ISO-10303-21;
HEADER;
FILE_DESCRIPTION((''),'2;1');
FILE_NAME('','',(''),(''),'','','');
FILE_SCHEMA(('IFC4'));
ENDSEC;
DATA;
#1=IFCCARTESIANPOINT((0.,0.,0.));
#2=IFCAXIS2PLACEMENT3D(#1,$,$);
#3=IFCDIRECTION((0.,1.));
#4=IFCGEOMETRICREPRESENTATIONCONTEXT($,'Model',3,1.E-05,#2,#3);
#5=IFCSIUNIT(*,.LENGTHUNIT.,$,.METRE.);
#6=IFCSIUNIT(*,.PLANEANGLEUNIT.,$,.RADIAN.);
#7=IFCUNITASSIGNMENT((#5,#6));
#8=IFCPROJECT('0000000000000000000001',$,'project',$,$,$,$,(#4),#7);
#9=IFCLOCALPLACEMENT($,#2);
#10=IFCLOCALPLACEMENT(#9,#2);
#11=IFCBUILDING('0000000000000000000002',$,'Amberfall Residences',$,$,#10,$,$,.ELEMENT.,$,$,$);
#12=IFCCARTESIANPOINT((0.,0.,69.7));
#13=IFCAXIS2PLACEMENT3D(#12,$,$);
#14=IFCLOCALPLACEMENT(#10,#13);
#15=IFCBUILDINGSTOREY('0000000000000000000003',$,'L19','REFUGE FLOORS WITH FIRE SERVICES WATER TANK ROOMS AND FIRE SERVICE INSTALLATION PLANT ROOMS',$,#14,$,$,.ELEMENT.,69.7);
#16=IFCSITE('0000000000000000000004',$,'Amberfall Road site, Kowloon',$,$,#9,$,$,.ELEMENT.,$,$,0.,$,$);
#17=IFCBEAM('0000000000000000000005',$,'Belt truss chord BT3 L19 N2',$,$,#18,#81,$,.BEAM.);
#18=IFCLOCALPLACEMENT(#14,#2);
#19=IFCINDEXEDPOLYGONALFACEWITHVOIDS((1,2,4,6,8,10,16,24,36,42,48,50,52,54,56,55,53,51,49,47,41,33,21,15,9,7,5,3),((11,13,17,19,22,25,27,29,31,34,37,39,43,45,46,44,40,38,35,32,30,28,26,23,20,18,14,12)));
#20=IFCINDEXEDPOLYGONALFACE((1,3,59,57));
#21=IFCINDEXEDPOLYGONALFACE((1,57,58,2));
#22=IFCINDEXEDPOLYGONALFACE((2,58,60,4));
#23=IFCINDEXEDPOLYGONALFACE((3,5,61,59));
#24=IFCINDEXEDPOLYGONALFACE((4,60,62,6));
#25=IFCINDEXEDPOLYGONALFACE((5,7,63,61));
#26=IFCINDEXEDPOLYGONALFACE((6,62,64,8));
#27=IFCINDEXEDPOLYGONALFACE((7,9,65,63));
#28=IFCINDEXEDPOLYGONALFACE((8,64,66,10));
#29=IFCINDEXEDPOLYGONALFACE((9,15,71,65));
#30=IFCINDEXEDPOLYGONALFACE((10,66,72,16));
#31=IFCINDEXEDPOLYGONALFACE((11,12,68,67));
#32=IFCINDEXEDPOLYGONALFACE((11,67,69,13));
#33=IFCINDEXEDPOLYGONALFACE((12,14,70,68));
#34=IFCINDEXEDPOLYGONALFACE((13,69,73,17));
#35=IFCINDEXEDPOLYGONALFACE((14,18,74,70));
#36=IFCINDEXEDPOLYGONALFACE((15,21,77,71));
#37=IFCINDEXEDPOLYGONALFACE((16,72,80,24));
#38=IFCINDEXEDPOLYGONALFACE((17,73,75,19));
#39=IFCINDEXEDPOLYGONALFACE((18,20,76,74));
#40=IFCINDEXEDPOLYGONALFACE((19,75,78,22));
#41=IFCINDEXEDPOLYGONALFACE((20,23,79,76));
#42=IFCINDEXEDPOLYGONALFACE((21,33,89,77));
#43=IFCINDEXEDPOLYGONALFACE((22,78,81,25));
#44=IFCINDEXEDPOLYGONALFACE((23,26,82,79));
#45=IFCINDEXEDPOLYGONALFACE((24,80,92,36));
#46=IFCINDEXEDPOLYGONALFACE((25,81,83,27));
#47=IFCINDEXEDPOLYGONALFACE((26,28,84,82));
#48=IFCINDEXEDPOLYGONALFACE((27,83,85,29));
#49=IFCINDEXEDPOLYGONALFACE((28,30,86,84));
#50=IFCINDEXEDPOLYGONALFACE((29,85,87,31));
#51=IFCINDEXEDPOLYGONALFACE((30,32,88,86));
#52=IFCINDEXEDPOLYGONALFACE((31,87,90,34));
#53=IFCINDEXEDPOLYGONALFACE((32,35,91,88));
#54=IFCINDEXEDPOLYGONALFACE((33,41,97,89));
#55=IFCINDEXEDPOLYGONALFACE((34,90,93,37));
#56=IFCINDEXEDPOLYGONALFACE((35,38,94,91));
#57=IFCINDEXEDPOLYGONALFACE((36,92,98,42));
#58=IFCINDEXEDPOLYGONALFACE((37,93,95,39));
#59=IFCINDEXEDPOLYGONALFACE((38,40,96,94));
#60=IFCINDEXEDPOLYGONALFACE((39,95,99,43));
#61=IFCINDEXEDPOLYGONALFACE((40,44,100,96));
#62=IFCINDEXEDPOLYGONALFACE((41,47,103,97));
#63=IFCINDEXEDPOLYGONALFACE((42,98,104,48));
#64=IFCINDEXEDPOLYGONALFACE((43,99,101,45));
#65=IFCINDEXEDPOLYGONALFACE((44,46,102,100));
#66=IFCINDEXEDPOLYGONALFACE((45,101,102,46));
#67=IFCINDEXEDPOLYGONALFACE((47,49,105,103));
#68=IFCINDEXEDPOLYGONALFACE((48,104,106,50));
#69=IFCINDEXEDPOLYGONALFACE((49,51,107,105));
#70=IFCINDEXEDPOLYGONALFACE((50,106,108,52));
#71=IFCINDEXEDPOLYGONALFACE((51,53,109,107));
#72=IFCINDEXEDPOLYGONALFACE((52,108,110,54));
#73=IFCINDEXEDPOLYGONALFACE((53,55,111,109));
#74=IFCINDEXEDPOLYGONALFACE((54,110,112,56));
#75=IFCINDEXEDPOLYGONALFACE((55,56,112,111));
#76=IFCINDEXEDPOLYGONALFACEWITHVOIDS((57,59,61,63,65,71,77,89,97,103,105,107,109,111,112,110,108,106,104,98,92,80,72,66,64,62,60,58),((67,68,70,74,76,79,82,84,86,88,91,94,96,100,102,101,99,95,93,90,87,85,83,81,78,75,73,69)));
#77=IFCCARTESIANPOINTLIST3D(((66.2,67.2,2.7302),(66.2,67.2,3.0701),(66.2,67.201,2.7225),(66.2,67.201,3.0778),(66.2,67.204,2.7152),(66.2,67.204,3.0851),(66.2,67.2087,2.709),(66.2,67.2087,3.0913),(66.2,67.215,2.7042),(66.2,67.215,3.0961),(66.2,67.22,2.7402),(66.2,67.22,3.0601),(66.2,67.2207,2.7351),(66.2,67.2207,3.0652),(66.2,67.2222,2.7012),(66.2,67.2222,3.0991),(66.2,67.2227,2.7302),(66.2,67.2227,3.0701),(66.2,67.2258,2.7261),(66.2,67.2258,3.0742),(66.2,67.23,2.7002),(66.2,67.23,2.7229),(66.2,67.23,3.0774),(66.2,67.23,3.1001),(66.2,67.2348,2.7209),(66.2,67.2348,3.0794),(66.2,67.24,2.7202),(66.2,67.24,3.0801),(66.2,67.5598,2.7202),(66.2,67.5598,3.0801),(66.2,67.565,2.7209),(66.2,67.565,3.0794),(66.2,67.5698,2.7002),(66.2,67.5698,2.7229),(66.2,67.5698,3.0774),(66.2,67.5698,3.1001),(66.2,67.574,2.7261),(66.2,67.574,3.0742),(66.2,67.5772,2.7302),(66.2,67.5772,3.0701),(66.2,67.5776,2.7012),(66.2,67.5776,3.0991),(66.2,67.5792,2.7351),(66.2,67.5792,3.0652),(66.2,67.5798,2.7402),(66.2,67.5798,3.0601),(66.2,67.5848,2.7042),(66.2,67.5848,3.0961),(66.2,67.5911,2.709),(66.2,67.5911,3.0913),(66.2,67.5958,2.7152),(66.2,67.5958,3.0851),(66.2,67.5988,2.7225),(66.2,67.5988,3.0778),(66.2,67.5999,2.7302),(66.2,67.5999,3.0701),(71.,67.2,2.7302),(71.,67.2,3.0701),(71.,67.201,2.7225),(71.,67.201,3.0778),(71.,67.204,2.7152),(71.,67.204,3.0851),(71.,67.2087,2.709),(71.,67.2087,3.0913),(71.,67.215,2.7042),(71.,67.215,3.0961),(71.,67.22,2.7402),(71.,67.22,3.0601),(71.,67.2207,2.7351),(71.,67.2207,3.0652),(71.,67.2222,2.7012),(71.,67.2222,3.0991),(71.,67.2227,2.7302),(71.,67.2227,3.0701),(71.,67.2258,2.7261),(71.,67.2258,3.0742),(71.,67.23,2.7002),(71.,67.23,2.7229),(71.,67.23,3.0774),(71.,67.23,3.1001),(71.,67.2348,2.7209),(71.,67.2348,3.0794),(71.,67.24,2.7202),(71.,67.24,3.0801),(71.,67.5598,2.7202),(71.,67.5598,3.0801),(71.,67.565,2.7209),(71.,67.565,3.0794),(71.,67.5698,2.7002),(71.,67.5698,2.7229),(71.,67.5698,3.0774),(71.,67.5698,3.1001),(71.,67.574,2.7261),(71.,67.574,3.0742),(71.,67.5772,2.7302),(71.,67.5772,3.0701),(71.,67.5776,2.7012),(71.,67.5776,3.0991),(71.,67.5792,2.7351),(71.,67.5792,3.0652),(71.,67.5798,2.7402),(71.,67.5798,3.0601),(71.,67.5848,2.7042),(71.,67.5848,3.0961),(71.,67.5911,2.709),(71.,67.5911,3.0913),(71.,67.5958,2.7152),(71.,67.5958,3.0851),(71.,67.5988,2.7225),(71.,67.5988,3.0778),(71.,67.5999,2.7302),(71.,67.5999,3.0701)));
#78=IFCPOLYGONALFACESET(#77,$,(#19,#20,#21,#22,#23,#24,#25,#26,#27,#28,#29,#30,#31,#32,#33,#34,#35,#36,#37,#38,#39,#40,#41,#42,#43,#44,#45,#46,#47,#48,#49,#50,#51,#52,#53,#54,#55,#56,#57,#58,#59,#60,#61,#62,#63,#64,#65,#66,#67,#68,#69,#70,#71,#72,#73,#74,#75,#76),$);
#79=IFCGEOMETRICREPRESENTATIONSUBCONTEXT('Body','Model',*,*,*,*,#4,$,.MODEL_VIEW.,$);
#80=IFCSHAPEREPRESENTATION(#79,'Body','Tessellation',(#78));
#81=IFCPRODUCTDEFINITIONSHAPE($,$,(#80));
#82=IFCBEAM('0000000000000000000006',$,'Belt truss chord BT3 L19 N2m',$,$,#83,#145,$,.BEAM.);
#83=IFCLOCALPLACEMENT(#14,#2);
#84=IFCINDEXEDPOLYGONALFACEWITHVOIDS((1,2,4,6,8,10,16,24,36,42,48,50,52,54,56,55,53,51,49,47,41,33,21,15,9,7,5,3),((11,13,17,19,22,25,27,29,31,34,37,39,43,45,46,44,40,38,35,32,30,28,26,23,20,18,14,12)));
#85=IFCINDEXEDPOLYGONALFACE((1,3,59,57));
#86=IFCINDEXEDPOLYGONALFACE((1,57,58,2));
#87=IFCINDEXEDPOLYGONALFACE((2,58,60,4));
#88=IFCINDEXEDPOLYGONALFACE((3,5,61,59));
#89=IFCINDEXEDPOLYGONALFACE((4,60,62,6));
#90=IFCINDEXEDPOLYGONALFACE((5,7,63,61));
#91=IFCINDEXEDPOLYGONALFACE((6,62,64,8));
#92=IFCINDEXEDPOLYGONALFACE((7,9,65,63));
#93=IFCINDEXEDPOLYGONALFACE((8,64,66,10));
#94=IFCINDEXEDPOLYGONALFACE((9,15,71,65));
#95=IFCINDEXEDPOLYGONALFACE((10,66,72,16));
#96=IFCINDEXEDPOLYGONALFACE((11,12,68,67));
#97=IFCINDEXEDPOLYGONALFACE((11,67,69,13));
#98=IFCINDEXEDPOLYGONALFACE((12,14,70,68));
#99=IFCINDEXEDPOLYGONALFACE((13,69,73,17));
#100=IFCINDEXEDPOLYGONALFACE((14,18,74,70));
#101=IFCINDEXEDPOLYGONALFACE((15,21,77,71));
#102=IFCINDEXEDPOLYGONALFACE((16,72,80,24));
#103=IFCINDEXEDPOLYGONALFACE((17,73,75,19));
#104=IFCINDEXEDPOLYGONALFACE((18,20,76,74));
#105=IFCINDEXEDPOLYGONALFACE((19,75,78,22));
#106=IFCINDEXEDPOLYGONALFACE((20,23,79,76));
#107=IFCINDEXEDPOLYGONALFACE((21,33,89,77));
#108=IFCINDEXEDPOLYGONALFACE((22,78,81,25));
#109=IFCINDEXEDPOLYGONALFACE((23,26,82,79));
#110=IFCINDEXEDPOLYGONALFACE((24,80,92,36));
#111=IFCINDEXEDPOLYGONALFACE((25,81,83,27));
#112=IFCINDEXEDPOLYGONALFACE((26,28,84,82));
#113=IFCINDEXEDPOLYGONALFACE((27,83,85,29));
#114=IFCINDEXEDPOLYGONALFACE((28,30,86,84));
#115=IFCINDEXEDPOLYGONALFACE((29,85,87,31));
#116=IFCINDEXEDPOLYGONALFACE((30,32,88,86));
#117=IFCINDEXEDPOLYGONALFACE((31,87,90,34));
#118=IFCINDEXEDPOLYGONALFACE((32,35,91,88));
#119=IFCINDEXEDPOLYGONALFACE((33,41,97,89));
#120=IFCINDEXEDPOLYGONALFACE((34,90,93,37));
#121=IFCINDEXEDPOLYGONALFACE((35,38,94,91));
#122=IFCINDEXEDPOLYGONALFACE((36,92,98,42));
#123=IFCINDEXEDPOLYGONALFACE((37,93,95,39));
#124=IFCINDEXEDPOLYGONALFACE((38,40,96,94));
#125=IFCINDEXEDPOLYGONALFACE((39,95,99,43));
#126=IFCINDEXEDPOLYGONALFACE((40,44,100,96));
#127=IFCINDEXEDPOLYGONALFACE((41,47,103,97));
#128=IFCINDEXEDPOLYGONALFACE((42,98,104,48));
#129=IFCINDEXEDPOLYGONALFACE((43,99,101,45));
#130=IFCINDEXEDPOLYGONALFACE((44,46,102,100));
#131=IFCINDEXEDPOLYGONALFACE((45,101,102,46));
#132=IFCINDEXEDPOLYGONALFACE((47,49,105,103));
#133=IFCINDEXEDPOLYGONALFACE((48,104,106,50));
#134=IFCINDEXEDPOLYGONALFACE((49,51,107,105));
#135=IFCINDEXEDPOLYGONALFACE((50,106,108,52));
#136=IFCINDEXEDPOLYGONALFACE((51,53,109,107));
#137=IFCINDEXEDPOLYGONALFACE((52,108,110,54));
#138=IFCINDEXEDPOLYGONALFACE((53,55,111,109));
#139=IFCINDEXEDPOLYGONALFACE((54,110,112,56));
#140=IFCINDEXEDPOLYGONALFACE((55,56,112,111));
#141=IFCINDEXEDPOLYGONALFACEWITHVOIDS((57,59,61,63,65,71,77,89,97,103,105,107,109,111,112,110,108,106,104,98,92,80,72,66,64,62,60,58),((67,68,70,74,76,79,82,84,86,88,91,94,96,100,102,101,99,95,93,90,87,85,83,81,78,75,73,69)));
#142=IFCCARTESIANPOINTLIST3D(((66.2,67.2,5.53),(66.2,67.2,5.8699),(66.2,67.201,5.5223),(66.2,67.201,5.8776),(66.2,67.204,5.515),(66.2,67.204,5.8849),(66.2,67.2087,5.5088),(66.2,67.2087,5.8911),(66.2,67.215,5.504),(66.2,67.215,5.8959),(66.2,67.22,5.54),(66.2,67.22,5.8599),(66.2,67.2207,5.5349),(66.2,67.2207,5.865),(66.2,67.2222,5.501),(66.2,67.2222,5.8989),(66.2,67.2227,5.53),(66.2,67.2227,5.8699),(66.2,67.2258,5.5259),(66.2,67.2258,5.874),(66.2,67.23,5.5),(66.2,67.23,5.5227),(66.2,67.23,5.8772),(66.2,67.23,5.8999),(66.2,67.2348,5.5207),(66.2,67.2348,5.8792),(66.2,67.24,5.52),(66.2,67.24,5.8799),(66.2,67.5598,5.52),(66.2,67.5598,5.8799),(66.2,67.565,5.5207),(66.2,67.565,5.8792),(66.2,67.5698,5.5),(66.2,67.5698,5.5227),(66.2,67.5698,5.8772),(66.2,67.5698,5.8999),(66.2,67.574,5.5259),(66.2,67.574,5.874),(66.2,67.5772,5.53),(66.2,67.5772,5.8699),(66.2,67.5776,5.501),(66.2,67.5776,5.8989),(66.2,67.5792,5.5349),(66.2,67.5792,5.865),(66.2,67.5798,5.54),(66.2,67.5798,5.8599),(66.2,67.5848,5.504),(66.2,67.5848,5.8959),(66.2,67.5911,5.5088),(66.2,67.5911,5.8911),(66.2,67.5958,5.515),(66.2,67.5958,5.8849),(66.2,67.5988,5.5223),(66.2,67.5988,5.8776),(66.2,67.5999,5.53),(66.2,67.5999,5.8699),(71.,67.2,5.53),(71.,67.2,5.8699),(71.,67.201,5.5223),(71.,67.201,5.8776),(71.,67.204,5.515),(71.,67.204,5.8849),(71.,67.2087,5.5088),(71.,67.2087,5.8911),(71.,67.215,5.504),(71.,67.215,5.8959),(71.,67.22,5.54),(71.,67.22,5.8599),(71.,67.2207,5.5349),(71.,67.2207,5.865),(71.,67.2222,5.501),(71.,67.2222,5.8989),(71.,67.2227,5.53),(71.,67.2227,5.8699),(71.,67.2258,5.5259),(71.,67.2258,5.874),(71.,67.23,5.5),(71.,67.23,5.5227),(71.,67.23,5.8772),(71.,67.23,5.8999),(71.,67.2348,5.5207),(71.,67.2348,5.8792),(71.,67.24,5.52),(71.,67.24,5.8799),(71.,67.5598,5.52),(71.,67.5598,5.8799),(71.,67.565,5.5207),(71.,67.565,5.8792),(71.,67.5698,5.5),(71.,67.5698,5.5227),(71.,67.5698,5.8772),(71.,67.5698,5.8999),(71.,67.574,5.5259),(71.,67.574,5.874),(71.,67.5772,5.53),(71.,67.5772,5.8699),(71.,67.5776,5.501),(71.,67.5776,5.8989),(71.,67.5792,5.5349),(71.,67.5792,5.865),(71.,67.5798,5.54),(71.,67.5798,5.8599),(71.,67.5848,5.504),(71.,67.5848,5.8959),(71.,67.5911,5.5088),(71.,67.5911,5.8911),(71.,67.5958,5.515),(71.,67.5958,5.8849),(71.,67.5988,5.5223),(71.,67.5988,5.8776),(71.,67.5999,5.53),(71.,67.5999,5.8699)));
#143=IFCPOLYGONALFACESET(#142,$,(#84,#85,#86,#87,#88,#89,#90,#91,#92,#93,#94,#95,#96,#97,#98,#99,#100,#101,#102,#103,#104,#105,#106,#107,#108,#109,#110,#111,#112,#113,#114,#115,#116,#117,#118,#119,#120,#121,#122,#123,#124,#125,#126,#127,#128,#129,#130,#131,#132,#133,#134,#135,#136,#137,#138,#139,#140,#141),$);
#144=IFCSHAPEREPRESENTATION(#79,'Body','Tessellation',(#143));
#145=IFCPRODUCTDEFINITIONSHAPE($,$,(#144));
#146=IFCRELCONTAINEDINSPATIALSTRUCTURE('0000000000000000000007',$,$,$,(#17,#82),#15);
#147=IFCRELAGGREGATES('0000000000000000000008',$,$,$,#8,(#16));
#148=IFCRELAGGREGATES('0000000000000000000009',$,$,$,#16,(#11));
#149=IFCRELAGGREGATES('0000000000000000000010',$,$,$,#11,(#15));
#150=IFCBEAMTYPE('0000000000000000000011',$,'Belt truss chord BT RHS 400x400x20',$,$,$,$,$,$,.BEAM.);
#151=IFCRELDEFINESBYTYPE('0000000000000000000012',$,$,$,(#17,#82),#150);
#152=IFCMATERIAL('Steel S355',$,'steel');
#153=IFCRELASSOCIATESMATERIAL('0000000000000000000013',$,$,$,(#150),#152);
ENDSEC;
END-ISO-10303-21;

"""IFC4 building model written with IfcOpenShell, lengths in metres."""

from ifc_helpers import new_model, si_unit, direction, frame, origin, origin_2d, place, context, subcontext, project, spatial, hollow_rectangle, extrude, material, material_profile, profile_set, type_object, element, save


model = new_model("IFC4")

# Units and contexts
model_context = context("Model", 3, precision=1e-05, world=origin(), true_north=direction((0.0, 1.0)))
body_context = subcontext(model_context, "Body", "Model", "MODEL_VIEW")
ifc_project = project(units=[si_unit("LENGTHUNIT", "METRE"), si_unit("PLANEANGLEUNIT", "RADIAN")], contexts=[model_context])

# Site, building, storey
site_placement = place(None, origin())
site = spatial("IfcSite", under=ifc_project, at=site_placement, Name="Amberfall Road site, Kowloon", CompositionType="ELEMENT", RefElevation=0.0)
building_placement = place(site_placement, origin())
building = spatial("IfcBuilding", under=site, at=building_placement, Name="Amberfall Residences", CompositionType="ELEMENT")
storey_placement = place(building_placement, frame((0.0, 0.0, 69.7)))
storey = spatial("IfcBuildingStorey", under=building, at=storey_placement, Name="L19", Description="REFUGE FLOORS WITH FIRE SERVICES WATER TANK ROOMS AND FIRE SERVICE INSTALLATION PLANT ROOMS", CompositionType="ELEMENT", Elevation=69.7)

# Beams
ifc_material_1 = material(Name="Steel S355", Category="steel")
ifc_material_profile_1 = material_profile(ifc_material_1, hollow_rectangle(XDim=0.3999, YDim=0.3999, WallThickness=0.02, InnerFilletRadius=0.02, OuterFilletRadius=0.03, at=origin_2d()), Name="RHS 400x400x20")
ifc_profile_set_1 = profile_set([ifc_material_profile_1], Name="Steel S355")
beam_type_1 = type_object("IfcBeamType", Name="Belt truss chord BT RHS 400x400x20", PredefinedType="BEAM", material=ifc_profile_set_1)
for number, where, z_axis, x_axis, name in (
    (1, (66.2, 67.3999, 2.9001), (1.0, 0.0, 0.0), (0.0, 1.0, 0.0), "Belt truss chord BT3 L19 N2"),
    (2, (66.2, 67.3999, 5.7), (1.0, 0.0, 0.0), (0.0, 1.0, 0.0), "Belt truss chord BT3 L19 N2m"),
):
    element("IfcBeam", number, at=place(storey_placement, frame(where, z_axis=z_axis, x_axis=x_axis)), inside=storey, type_object=beam_type_1, Name=name, PredefinedType="BEAM", context=body_context, shape_type="SweptSolid", body=[
        extrude(hollow_rectangle(XDim=0.3999, YDim=0.3999, WallThickness=0.02, InnerFilletRadius=0.02, OuterFilletRadius=0.03, at=origin_2d()), origin(), (0.0, 0.0, 1.0), 4.8),
    ])

save(model, "model.ifc")
